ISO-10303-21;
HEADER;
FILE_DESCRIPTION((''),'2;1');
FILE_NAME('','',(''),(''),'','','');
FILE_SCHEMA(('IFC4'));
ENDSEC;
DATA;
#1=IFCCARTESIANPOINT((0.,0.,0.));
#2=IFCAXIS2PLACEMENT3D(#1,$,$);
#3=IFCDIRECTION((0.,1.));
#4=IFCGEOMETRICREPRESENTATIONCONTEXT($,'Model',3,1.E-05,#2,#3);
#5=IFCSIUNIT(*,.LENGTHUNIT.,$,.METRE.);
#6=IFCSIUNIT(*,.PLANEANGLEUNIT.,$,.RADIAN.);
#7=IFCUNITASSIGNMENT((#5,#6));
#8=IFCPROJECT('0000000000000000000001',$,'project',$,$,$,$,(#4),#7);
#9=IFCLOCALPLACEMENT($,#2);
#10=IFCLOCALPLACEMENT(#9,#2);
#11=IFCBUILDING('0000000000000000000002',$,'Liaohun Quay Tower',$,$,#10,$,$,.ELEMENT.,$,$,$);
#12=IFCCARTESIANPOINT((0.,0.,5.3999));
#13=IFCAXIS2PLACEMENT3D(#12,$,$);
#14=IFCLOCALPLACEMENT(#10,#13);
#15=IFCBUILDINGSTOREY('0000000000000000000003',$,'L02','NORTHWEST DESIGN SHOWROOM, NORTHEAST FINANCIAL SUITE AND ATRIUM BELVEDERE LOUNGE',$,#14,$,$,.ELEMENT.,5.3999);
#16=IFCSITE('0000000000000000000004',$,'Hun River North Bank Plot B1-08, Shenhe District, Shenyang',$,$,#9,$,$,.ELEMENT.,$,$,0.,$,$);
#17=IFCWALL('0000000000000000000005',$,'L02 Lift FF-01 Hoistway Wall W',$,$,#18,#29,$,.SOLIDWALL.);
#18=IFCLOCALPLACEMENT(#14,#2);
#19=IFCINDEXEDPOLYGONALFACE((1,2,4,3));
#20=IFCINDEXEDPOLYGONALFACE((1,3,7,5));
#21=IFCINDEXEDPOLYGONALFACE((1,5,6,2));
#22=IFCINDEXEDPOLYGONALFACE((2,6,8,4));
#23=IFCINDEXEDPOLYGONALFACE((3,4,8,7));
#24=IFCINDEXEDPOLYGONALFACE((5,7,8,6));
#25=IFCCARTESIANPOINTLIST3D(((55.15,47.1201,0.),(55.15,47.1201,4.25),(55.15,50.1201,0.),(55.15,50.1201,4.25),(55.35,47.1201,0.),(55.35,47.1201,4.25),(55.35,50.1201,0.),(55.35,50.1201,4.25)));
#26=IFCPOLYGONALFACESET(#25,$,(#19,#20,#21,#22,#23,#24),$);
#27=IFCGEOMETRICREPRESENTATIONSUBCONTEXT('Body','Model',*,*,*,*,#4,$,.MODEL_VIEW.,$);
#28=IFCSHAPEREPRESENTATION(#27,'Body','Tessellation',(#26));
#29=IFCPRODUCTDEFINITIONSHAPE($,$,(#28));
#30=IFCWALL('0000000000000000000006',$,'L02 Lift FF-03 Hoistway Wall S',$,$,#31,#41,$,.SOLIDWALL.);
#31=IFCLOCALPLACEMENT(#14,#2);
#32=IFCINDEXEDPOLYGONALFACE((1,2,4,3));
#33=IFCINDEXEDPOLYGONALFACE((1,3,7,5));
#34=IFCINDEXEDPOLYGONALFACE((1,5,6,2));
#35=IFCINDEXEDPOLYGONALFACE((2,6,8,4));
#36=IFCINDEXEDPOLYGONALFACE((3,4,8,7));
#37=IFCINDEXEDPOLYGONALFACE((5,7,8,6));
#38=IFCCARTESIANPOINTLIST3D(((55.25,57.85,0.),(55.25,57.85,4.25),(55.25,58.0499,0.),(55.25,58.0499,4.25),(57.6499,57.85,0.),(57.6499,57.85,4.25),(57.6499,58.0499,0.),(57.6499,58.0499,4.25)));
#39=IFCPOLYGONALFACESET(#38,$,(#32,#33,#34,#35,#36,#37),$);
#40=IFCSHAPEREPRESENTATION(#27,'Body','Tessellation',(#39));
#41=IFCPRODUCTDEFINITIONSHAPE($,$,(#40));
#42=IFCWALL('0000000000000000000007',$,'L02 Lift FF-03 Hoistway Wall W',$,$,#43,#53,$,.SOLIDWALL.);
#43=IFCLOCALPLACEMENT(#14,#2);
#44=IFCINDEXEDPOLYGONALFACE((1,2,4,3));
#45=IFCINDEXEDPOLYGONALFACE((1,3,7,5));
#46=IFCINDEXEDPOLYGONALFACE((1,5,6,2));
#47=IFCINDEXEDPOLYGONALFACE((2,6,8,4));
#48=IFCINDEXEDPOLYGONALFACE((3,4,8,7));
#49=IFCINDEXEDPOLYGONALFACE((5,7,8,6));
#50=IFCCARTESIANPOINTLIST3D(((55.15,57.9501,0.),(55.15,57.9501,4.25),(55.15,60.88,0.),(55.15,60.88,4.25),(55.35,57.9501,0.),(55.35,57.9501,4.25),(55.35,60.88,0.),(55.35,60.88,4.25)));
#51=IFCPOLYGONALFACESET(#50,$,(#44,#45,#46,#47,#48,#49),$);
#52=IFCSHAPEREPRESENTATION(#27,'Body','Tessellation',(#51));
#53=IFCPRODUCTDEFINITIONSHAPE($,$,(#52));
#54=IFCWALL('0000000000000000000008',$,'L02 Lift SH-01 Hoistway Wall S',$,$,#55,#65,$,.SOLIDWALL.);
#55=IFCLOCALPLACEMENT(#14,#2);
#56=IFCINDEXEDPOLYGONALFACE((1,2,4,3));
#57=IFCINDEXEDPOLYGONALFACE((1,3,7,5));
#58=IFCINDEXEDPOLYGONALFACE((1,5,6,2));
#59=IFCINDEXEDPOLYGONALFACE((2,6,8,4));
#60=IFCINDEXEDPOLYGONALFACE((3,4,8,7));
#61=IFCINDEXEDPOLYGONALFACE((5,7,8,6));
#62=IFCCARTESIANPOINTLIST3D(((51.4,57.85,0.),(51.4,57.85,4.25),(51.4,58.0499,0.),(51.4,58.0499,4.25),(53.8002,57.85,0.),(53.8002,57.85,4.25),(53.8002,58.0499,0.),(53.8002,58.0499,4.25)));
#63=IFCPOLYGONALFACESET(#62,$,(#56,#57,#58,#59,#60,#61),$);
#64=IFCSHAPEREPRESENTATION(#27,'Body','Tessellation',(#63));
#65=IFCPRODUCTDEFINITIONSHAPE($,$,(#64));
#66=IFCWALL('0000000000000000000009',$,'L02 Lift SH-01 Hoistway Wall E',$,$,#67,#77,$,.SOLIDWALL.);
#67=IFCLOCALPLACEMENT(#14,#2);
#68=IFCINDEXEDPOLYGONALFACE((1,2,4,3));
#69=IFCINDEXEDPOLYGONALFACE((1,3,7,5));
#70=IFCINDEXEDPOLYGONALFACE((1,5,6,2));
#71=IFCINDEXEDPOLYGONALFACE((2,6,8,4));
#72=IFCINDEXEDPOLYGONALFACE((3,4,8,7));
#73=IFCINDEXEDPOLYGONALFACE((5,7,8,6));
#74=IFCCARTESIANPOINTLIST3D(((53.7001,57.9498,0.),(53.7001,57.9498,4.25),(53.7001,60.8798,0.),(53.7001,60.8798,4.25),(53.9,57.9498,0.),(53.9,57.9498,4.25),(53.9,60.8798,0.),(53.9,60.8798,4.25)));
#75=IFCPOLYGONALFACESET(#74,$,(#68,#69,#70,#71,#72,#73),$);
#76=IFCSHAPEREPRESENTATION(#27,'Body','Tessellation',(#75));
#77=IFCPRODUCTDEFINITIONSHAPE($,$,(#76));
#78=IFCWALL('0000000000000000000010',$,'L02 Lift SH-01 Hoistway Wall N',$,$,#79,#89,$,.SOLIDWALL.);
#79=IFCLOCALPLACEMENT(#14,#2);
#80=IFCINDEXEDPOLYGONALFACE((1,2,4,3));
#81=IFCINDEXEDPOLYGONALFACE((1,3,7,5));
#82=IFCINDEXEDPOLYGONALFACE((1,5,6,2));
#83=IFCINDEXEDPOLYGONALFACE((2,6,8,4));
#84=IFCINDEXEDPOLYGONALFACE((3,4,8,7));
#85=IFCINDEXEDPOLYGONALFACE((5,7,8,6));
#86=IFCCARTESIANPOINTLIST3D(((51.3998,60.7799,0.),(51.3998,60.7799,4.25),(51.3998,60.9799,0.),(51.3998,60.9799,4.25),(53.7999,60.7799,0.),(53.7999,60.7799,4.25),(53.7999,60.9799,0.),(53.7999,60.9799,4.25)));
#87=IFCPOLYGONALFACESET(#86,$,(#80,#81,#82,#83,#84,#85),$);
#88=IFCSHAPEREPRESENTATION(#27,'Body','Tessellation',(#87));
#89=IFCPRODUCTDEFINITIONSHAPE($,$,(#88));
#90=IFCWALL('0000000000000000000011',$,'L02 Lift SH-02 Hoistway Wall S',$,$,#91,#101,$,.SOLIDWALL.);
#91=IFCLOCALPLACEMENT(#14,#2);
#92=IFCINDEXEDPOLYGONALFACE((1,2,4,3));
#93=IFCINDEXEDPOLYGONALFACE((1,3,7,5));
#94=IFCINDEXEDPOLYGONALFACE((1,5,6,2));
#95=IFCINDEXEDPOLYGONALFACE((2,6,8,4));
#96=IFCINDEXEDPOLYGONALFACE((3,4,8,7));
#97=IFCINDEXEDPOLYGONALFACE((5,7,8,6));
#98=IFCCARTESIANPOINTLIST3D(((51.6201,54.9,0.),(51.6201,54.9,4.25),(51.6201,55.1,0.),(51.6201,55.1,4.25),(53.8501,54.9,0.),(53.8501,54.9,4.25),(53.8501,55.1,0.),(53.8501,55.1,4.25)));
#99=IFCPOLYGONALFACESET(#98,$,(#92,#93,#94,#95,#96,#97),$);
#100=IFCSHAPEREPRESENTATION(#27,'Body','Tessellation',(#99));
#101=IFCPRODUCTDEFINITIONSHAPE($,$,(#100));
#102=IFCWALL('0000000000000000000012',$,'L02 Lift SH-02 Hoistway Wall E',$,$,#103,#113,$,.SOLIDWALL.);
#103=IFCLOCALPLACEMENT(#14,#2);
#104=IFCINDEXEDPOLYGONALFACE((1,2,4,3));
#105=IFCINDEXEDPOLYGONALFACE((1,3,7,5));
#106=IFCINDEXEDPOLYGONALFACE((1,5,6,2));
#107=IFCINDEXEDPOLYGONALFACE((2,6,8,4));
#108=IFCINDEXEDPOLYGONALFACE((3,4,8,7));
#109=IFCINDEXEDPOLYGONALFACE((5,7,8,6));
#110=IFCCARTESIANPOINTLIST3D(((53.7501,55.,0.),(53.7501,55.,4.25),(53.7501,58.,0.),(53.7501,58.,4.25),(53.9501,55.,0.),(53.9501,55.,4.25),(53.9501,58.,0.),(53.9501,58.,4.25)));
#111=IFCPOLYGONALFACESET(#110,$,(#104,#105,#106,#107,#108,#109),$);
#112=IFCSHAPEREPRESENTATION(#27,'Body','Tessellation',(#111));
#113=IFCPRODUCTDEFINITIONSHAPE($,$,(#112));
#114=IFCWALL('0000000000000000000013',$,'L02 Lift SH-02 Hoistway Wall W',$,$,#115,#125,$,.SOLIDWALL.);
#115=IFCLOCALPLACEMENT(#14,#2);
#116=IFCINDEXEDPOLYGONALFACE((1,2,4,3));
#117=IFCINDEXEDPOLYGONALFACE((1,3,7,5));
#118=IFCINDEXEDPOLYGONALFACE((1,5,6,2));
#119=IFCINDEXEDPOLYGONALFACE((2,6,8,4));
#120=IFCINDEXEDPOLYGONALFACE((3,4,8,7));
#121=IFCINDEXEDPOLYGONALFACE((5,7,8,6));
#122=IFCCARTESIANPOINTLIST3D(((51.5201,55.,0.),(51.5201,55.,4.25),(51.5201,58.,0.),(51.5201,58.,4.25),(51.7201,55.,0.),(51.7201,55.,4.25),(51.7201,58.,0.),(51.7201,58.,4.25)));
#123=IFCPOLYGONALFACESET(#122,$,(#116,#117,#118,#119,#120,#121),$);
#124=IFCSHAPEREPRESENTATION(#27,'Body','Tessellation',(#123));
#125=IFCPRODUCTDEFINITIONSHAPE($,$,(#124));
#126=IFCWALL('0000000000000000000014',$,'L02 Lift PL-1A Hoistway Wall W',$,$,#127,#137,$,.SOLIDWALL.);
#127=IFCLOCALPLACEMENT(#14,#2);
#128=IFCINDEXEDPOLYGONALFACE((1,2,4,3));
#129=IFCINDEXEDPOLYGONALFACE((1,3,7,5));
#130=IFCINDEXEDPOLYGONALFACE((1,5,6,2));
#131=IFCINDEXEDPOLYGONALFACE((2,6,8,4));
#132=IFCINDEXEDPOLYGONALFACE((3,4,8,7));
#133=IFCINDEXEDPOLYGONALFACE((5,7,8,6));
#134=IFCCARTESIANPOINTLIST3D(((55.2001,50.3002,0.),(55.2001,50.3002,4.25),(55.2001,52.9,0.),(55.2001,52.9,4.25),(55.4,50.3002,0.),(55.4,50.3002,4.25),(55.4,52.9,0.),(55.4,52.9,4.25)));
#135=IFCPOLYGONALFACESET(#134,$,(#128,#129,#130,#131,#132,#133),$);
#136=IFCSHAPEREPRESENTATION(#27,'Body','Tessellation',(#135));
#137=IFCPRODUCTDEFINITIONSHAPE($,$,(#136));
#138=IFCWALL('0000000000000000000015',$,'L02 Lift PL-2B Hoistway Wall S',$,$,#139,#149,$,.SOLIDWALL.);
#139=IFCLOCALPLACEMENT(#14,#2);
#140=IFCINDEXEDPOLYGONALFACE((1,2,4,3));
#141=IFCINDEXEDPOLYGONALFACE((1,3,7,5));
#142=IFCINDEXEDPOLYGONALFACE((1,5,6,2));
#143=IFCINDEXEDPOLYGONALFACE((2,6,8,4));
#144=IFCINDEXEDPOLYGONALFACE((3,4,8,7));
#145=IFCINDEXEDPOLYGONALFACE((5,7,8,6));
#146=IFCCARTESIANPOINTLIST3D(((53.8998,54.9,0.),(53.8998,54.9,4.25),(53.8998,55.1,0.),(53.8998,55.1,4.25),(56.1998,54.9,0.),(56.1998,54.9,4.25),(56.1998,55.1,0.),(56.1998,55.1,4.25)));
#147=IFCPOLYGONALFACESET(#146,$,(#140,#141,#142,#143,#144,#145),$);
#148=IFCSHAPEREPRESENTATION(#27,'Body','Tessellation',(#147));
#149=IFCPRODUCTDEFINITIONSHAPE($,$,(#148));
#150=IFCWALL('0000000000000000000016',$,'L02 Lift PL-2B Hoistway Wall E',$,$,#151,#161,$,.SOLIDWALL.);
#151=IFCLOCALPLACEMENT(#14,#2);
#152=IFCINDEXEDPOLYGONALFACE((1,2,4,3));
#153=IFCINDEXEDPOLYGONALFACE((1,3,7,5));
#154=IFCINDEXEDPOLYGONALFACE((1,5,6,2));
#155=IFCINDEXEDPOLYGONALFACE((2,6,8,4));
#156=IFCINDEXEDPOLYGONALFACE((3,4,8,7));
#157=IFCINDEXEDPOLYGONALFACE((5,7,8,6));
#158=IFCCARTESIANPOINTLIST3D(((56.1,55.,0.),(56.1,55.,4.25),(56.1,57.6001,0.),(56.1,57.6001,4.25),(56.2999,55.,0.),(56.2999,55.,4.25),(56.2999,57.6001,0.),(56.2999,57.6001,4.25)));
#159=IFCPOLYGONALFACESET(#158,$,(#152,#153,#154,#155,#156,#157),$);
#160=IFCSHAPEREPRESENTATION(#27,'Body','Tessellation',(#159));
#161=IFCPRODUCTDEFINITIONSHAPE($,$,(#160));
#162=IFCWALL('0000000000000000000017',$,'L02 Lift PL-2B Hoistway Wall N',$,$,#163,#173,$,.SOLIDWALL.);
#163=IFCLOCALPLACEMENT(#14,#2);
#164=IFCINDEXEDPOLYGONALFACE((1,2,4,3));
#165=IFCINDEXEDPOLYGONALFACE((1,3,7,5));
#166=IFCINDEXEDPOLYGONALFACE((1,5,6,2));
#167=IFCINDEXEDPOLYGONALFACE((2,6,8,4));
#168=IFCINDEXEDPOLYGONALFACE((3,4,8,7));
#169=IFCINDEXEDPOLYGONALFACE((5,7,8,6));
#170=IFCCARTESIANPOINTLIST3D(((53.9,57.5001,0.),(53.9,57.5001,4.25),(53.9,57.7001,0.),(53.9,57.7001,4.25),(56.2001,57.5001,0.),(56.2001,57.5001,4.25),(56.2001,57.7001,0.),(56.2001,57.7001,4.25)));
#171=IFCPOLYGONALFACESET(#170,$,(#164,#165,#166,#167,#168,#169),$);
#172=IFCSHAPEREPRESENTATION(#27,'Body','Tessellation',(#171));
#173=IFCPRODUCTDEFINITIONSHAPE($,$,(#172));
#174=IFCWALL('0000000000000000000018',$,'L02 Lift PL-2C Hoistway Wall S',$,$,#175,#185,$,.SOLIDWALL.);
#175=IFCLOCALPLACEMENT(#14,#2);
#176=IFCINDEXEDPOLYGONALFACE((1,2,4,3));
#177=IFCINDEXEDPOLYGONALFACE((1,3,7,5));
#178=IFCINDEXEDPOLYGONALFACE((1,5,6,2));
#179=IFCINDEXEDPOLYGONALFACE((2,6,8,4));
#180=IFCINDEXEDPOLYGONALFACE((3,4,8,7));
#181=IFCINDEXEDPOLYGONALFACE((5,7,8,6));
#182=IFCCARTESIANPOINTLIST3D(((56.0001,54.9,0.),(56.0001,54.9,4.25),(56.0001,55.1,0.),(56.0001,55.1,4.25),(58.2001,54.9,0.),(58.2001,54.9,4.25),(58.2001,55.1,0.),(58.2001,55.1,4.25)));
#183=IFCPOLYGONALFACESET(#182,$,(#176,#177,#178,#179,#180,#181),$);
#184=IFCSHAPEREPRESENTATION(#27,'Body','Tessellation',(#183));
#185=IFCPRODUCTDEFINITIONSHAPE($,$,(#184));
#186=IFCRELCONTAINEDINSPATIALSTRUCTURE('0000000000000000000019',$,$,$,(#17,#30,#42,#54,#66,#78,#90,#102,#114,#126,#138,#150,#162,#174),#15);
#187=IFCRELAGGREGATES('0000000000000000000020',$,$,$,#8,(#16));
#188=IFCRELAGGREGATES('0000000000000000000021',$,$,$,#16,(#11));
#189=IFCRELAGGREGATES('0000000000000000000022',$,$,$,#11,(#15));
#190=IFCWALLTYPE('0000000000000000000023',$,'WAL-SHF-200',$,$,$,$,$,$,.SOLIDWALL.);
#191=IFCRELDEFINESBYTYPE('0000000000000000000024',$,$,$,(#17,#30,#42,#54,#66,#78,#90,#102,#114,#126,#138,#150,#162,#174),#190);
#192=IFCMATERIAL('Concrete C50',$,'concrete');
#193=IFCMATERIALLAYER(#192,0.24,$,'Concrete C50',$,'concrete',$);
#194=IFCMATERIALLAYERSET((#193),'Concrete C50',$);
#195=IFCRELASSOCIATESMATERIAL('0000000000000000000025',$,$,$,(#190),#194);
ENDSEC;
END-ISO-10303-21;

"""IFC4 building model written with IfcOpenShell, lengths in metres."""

from ifc_helpers import new_model, si_unit, direction, frame, frame_2d, origin, place, context, subcontext, project, spatial, rectangle, extrude, material, layer, layer_set, type_object, element, save


model = new_model("IFC4")

# Units and contexts
model_context = context("Model", 3, precision=1e-05, world=origin(), true_north=direction((0.0, 1.0)))
body_context = subcontext(model_context, "Body", "Model", "MODEL_VIEW")
ifc_project = project(units=[si_unit("LENGTHUNIT", "METRE"), si_unit("PLANEANGLEUNIT", "RADIAN")], contexts=[model_context])

# Site, building, storey
site_placement = place(None, origin())
site = spatial("IfcSite", under=ifc_project, at=site_placement, Name="Hun River North Bank Plot B1-08, Shenhe District, Shenyang", CompositionType="ELEMENT", RefElevation=0.0)
building_placement = place(site_placement, origin())
building = spatial("IfcBuilding", under=site, at=building_placement, Name="Liaohun Quay Tower", CompositionType="ELEMENT")
storey_placement = place(building_placement, frame((0.0, 0.0, 5.3999)))
storey = spatial("IfcBuildingStorey", under=building, at=storey_placement, Name="L02", Description="NORTHWEST DESIGN SHOWROOM, NORTHEAST FINANCIAL SUITE AND ATRIUM BELVEDERE LOUNGE", CompositionType="ELEMENT", Elevation=5.3999)

# Walls
ifc_material_1 = material(Name="Concrete C50", Category="concrete")
ifc_layer_1 = layer(ifc_material_1, 0.24, Name="Concrete C50", Category="concrete")
ifc_layer_set_1 = layer_set([ifc_layer_1], Name="Concrete C50")
wall_type_1 = type_object("IfcWallType", Name="WAL-SHF-200", PredefinedType="SOLIDWALL", material=ifc_layer_set_1)
wall_1_placement = place(storey_placement, frame((55.25, 50.1201, 0.0), z_axis=(0.0, 0.0, 1.0), x_axis=(0.0, -1.0, 0.0)))
element("IfcWall", 1, at=wall_1_placement, inside=storey, type_object=wall_type_1, Name="L02 Lift FF-01 Hoistway Wall W", PredefinedType="SOLIDWALL", context=body_context, shape_type="SweptSolid", body=[
    extrude(rectangle(XDim=3.0, YDim=0.2, at=frame_2d((1.5, 0.0))), origin(), (0.0, 0.0, 1.0), 4.25),
])
wall_2_placement = place(storey_placement, frame((55.25, 57.95, 0.0), z_axis=(0.0, 0.0, 1.0), x_axis=(1.0, 0.0, 0.0)))
element("IfcWall", 2, at=wall_2_placement, inside=storey, type_object=wall_type_1, Name="L02 Lift FF-03 Hoistway Wall S", PredefinedType="SOLIDWALL", context=body_context, shape_type="SweptSolid", body=[
    extrude(rectangle(XDim=2.3999, YDim=0.2, at=frame_2d((1.2, 0.0))), origin(), (0.0, 0.0, 1.0), 4.25),
])
wall_3_placement = place(storey_placement, frame((55.25, 60.8799, 0.0), z_axis=(0.0, 0.0, 1.0), x_axis=(0.0, -1.0, 0.0)))
element("IfcWall", 3, at=wall_3_placement, inside=storey, type_object=wall_type_1, Name="L02 Lift FF-03 Hoistway Wall W", PredefinedType="SOLIDWALL", context=body_context, shape_type="SweptSolid", body=[
    extrude(rectangle(XDim=2.9299, YDim=0.2, at=frame_2d((1.4648, 0.0))), origin(), (0.0, 0.0, 1.0), 4.25),
])
wall_4_placement = place(storey_placement, frame((51.3999, 57.95, 0.0), z_axis=(0.0, 0.0, 1.0), x_axis=(1.0, 0.0, 0.0)))
element("IfcWall", 4, at=wall_4_placement, inside=storey, type_object=wall_type_1, Name="L02 Lift SH-01 Hoistway Wall S", PredefinedType="SOLIDWALL", context=body_context, shape_type="SweptSolid", body=[
    extrude(rectangle(XDim=2.4001, YDim=0.2, at=frame_2d((1.2002, 0.0))), origin(), (0.0, 0.0, 1.0), 4.25),
])
wall_5_placement = place(storey_placement, frame((53.8, 57.95, 0.0), z_axis=(0.0, 0.0, 1.0), x_axis=(0.0, 1.0, 0.0)))
element("IfcWall", 5, at=wall_5_placement, inside=storey, type_object=wall_type_1, Name="L02 Lift SH-01 Hoistway Wall E", PredefinedType="SOLIDWALL", context=body_context, shape_type="SweptSolid", body=[
    extrude(rectangle(XDim=2.9299, YDim=0.2, at=frame_2d((1.4648, 0.0))), origin(), (0.0, 0.0, 1.0), 4.25),
])
wall_6_placement = place(storey_placement, frame((53.8, 60.8799, 0.0), z_axis=(0.0, 0.0, 1.0), x_axis=(-1.0, 0.0, 0.0)))
element("IfcWall", 6, at=wall_6_placement, inside=storey, type_object=wall_type_1, Name="L02 Lift SH-01 Hoistway Wall N", PredefinedType="SOLIDWALL", context=body_context, shape_type="SweptSolid", body=[
    extrude(rectangle(XDim=2.4001, YDim=0.2, at=frame_2d((1.2002, 0.0))), origin(), (0.0, 0.0, 1.0), 4.25),
])
wall_7_placement = place(storey_placement, frame((51.6201, 55.0, 0.0), z_axis=(0.0, 0.0, 1.0), x_axis=(1.0, 0.0, 0.0)))
element("IfcWall", 7, at=wall_7_placement, inside=storey, type_object=wall_type_1, Name="L02 Lift SH-02 Hoistway Wall S", PredefinedType="SOLIDWALL", context=body_context, shape_type="SweptSolid", body=[
    extrude(rectangle(XDim=2.23, YDim=0.2, at=frame_2d((1.115, 0.0))), origin(), (0.0, 0.0, 1.0), 4.25),
])
for number, where, z_axis, x_axis, name in (
    (8, (53.8501, 55.0, 0.0), (0.0, 0.0, 1.0), (0.0, 1.0, 0.0), "L02 Lift SH-02 Hoistway Wall E"),
    (9, (51.6201, 58.0, 0.0), (0.0, 0.0, 1.0), (0.0, -1.0, 0.0), "L02 Lift SH-02 Hoistway Wall W"),
):
    element("IfcWall", number, at=place(storey_placement, frame(where, z_axis=z_axis, x_axis=x_axis)), inside=storey, type_object=wall_type_1, Name=name, PredefinedType="SOLIDWALL", context=body_context, shape_type="SweptSolid", body=[
        extrude(rectangle(XDim=3.0, YDim=0.2, at=frame_2d((1.5, 0.0))), origin(), (0.0, 0.0, 1.0), 4.25),
    ])
wall_8_placement = place(storey_placement, frame((55.3, 52.8999, 0.0), z_axis=(0.0, 0.0, 1.0), x_axis=(0.0, -1.0, 0.0)))
element("IfcWall", 10, at=wall_8_placement, inside=storey, type_object=wall_type_1, Name="L02 Lift PL-1A Hoistway Wall W", PredefinedType="SOLIDWALL", context=body_context, shape_type="SweptSolid", body=[
    extrude(rectangle(XDim=2.5999, YDim=0.2, at=frame_2d((1.2998, 0.0))), origin(), (0.0, 0.0, 1.0), 4.25),
])
wall_9_placement = place(storey_placement, frame((53.8999, 55.0, 0.0), z_axis=(0.0, 0.0, 1.0), x_axis=(1.0, 0.0, 0.0)))
element("IfcWall", 11, at=wall_9_placement, inside=storey, type_object=wall_type_1, Name="L02 Lift PL-2B Hoistway Wall S", PredefinedType="SOLIDWALL", context=body_context, shape_type="SweptSolid", body=[
    extrude(rectangle(XDim=2.3, YDim=0.2, at=frame_2d((1.1499, 0.0))), origin(), (0.0, 0.0, 1.0), 4.25),
])
wall_10_placement = place(storey_placement, frame((56.2, 55.0, 0.0), z_axis=(0.0, 0.0, 1.0), x_axis=(0.0, 1.0, 0.0)))
element("IfcWall", 12, at=wall_10_placement, inside=storey, type_object=wall_type_1, Name="L02 Lift PL-2B Hoistway Wall E", PredefinedType="SOLIDWALL", context=body_context, shape_type="SweptSolid", body=[
    extrude(rectangle(XDim=2.6001, YDim=0.2, at=frame_2d((1.3, 0.0))), origin(), (0.0, 0.0, 1.0), 4.25),
])
wall_11_placement = place(storey_placement, frame((56.2, 57.6001, 0.0), z_axis=(0.0, 0.0, 1.0), x_axis=(-1.0, 0.0, 0.0)))
element("IfcWall", 13, at=wall_11_placement, inside=storey, type_object=wall_type_1, Name="L02 Lift PL-2B Hoistway Wall N", PredefinedType="SOLIDWALL", context=body_context, shape_type="SweptSolid", body=[
    extrude(rectangle(XDim=2.3, YDim=0.2, at=frame_2d((1.1499, 0.0))), origin(), (0.0, 0.0, 1.0), 4.25),
])
wall_12_placement = place(storey_placement, frame((56.0, 55.0, 0.0), z_axis=(0.0, 0.0, 1.0), x_axis=(1.0, 0.0, 0.0)))
element("IfcWall", 14, at=wall_12_placement, inside=storey, type_object=wall_type_1, Name="L02 Lift PL-2C Hoistway Wall S", PredefinedType="SOLIDWALL", context=body_context, shape_type="SweptSolid", body=[
    extrude(rectangle(XDim=2.2, YDim=0.2, at=frame_2d((1.1001, 0.0))), origin(), (0.0, 0.0, 1.0), 4.25),
])

save(model, "model.ifc")
